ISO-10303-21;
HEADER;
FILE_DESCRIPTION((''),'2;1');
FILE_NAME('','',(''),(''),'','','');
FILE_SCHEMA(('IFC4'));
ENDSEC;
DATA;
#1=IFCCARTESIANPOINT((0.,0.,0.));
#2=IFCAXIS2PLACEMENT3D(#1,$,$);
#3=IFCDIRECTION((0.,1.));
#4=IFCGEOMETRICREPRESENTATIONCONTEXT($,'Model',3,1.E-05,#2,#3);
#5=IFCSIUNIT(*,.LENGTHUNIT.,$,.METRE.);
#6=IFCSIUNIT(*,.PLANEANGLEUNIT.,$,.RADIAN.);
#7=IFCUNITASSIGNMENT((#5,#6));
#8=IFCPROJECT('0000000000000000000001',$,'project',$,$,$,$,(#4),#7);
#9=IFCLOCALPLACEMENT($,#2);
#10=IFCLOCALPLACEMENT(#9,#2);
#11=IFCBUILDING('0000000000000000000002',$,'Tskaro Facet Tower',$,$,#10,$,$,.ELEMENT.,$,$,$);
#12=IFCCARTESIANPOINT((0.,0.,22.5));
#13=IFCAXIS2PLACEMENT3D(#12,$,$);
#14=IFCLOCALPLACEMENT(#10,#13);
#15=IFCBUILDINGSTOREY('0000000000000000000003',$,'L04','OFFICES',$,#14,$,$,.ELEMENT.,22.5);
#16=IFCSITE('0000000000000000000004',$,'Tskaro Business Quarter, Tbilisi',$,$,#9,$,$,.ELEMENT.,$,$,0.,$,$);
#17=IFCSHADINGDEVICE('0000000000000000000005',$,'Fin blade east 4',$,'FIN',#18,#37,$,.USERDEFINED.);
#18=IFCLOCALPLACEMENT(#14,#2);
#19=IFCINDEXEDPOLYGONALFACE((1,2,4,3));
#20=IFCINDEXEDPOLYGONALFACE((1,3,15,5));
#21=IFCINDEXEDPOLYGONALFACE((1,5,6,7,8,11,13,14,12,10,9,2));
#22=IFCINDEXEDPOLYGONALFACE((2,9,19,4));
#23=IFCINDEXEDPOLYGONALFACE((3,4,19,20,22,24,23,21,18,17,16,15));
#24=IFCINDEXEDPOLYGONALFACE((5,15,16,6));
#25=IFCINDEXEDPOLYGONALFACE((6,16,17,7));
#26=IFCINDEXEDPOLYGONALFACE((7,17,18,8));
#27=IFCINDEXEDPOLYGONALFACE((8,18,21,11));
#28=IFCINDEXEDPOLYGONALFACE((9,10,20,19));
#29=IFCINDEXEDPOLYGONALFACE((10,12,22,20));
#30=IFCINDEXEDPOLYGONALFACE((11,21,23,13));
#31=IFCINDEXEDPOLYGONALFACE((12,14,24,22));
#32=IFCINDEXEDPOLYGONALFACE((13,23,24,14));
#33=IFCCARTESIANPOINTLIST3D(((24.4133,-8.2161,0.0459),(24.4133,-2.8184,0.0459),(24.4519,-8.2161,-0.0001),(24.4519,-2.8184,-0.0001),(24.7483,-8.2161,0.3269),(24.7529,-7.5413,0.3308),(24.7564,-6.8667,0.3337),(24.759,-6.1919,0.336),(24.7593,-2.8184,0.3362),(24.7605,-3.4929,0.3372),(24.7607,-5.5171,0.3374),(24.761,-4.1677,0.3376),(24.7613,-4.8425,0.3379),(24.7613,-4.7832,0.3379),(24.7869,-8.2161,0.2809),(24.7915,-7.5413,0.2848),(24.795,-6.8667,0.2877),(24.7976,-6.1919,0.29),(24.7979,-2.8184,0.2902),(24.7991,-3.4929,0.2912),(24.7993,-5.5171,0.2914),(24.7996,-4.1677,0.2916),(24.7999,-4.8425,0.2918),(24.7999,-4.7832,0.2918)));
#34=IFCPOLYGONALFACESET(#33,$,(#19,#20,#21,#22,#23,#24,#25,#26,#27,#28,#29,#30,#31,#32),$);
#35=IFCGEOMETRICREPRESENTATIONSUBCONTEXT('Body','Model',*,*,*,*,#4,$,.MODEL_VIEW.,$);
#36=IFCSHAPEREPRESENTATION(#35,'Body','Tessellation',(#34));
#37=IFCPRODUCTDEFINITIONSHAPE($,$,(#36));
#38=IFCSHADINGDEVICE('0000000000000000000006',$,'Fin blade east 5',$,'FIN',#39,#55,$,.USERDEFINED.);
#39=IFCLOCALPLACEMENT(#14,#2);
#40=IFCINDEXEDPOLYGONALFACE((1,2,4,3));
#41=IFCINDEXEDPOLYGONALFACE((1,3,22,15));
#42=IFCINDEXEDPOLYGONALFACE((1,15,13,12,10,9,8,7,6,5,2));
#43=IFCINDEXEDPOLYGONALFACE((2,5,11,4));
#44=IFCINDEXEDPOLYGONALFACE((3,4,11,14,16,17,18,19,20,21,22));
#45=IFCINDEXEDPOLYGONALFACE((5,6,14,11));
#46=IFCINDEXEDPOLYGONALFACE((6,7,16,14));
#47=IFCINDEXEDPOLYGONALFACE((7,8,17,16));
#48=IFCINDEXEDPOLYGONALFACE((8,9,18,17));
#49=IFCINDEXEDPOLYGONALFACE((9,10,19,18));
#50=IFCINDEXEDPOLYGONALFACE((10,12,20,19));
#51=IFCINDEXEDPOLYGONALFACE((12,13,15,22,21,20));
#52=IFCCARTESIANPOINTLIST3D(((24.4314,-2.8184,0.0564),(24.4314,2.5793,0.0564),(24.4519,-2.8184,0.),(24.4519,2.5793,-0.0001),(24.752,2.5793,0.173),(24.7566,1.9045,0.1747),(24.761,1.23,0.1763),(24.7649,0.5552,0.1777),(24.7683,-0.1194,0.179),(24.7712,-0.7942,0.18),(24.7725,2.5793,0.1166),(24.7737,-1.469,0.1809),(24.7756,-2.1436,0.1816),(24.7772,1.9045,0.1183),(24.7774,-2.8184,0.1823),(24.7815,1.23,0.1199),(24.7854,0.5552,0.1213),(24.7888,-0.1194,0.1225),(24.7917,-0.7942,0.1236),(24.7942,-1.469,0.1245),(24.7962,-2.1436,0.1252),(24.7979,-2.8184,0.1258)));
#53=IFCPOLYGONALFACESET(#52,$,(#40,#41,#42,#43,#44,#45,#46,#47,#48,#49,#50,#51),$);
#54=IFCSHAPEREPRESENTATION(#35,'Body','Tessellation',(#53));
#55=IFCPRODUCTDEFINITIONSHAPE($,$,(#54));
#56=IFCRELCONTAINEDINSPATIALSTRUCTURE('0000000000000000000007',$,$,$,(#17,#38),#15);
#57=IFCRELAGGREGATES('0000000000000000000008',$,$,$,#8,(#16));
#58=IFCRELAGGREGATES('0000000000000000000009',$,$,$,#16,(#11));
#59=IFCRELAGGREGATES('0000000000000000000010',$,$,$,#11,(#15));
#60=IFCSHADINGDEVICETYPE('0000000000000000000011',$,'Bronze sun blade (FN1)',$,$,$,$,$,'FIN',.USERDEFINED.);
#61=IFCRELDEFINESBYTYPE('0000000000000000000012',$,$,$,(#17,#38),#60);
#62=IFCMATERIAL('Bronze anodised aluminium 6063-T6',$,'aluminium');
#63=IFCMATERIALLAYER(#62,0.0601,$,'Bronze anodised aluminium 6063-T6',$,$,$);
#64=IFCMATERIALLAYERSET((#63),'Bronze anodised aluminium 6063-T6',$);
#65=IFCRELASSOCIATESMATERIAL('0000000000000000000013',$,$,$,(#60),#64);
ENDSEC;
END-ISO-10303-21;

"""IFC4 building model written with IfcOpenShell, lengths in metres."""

from ifc_helpers import new_model, si_unit, direction, frame, origin, place, context, subcontext, project, spatial, polyline, outline, extrude, material, layer, layer_set, type_object, element, save


model = new_model("IFC4")

# Units and contexts
model_context = context("Model", 3, precision=1e-05, world=origin(), true_north=direction((0.0, 1.0)))
body_context = subcontext(model_context, "Body", "Model", "MODEL_VIEW")
ifc_project = project(units=[si_unit("LENGTHUNIT", "METRE"), si_unit("PLANEANGLEUNIT", "RADIAN")], contexts=[model_context])

# Site, building, storey
site_placement = place(None, origin())
site = spatial("IfcSite", under=ifc_project, at=site_placement, Name="Tskaro Business Quarter, Tbilisi", CompositionType="ELEMENT", RefElevation=0.0)
building_placement = place(site_placement, origin())
building = spatial("IfcBuilding", under=site, at=building_placement, Name="Tskaro Facet Tower", CompositionType="ELEMENT")
storey_placement = place(building_placement, frame((0.0, 0.0, 22.5)))
storey = spatial("IfcBuildingStorey", under=building, at=storey_placement, Name="L04", Description="OFFICES", CompositionType="ELEMENT", Elevation=22.5)

# Shared definitions
ifc_material_1 = material(Name="Bronze anodised aluminium 6063-T6", Category="aluminium")

# Shading devices
ifc_layer_1 = layer(ifc_material_1, 0.0601, Name="Bronze anodised aluminium 6063-T6")
ifc_layer_set_1 = layer_set([ifc_layer_1], Name="Bronze anodised aluminium 6063-T6")
shading_device_type = type_object("IfcShadingDeviceType", Name="Bronze sun blade (FN1)", ElementType="FIN", PredefinedType="USERDEFINED", material=ifc_layer_set_1)
shading_device_1_placement = place(storey_placement, frame((24.4133, -8.2161, 0.0459), z_axis=(-0.642778, -0.000004, 0.766052), x_axis=(-0.000003, 1.0, 0.000003)))
element("IfcShadingDevice", 1, at=shading_device_1_placement, inside=storey, type_object=shading_device_type, Name="Fin blade east 4", ObjectType="FIN", PredefinedType="USERDEFINED", context=body_context, shape_type="SweptSolid", body=[
    extrude(outline(polyline([(0.0, 0.0), (5.3977, 0.0), (5.3977, -0.4516), (4.7231, -0.4532), (4.0483, -0.4539), (3.4329, -0.4542), (3.3735, -0.4542), (2.699, -0.4535), (2.0242, -0.4513), (1.3494, -0.4478), (0.6748, -0.4433), (0.0, -0.4372), (0.0, 0.0)])), origin(), (0.0, 0.0, -1.0), 0.0601),
])
shading_device_2_placement = place(storey_placement, frame((24.4314, -2.8184, 0.0564), z_axis=(-0.341901, 0.000004, 0.939736), x_axis=(0.000001, 1.0, -0.000004)))
element("IfcShadingDevice", 2, at=shading_device_2_placement, inside=storey, type_object=shading_device_type, Name="Fin blade east 5", ObjectType="FIN", PredefinedType="USERDEFINED", context=body_context, shape_type="SweptSolid", body=[
    extrude(outline(polyline([(0.0, 0.0), (5.3977, 0.0), (5.3977, -0.3411), (4.7229, -0.3461), (4.0483, -0.3507), (3.3735, -0.3549), (2.699, -0.3585), (2.0242, -0.3616), (1.3494, -0.3642), (0.6748, -0.3663), (0.0, -0.3682), (0.0, 0.0)])), origin(), (0.0, 0.0, -1.0), 0.0601),
])

save(model, "model.ifc")
